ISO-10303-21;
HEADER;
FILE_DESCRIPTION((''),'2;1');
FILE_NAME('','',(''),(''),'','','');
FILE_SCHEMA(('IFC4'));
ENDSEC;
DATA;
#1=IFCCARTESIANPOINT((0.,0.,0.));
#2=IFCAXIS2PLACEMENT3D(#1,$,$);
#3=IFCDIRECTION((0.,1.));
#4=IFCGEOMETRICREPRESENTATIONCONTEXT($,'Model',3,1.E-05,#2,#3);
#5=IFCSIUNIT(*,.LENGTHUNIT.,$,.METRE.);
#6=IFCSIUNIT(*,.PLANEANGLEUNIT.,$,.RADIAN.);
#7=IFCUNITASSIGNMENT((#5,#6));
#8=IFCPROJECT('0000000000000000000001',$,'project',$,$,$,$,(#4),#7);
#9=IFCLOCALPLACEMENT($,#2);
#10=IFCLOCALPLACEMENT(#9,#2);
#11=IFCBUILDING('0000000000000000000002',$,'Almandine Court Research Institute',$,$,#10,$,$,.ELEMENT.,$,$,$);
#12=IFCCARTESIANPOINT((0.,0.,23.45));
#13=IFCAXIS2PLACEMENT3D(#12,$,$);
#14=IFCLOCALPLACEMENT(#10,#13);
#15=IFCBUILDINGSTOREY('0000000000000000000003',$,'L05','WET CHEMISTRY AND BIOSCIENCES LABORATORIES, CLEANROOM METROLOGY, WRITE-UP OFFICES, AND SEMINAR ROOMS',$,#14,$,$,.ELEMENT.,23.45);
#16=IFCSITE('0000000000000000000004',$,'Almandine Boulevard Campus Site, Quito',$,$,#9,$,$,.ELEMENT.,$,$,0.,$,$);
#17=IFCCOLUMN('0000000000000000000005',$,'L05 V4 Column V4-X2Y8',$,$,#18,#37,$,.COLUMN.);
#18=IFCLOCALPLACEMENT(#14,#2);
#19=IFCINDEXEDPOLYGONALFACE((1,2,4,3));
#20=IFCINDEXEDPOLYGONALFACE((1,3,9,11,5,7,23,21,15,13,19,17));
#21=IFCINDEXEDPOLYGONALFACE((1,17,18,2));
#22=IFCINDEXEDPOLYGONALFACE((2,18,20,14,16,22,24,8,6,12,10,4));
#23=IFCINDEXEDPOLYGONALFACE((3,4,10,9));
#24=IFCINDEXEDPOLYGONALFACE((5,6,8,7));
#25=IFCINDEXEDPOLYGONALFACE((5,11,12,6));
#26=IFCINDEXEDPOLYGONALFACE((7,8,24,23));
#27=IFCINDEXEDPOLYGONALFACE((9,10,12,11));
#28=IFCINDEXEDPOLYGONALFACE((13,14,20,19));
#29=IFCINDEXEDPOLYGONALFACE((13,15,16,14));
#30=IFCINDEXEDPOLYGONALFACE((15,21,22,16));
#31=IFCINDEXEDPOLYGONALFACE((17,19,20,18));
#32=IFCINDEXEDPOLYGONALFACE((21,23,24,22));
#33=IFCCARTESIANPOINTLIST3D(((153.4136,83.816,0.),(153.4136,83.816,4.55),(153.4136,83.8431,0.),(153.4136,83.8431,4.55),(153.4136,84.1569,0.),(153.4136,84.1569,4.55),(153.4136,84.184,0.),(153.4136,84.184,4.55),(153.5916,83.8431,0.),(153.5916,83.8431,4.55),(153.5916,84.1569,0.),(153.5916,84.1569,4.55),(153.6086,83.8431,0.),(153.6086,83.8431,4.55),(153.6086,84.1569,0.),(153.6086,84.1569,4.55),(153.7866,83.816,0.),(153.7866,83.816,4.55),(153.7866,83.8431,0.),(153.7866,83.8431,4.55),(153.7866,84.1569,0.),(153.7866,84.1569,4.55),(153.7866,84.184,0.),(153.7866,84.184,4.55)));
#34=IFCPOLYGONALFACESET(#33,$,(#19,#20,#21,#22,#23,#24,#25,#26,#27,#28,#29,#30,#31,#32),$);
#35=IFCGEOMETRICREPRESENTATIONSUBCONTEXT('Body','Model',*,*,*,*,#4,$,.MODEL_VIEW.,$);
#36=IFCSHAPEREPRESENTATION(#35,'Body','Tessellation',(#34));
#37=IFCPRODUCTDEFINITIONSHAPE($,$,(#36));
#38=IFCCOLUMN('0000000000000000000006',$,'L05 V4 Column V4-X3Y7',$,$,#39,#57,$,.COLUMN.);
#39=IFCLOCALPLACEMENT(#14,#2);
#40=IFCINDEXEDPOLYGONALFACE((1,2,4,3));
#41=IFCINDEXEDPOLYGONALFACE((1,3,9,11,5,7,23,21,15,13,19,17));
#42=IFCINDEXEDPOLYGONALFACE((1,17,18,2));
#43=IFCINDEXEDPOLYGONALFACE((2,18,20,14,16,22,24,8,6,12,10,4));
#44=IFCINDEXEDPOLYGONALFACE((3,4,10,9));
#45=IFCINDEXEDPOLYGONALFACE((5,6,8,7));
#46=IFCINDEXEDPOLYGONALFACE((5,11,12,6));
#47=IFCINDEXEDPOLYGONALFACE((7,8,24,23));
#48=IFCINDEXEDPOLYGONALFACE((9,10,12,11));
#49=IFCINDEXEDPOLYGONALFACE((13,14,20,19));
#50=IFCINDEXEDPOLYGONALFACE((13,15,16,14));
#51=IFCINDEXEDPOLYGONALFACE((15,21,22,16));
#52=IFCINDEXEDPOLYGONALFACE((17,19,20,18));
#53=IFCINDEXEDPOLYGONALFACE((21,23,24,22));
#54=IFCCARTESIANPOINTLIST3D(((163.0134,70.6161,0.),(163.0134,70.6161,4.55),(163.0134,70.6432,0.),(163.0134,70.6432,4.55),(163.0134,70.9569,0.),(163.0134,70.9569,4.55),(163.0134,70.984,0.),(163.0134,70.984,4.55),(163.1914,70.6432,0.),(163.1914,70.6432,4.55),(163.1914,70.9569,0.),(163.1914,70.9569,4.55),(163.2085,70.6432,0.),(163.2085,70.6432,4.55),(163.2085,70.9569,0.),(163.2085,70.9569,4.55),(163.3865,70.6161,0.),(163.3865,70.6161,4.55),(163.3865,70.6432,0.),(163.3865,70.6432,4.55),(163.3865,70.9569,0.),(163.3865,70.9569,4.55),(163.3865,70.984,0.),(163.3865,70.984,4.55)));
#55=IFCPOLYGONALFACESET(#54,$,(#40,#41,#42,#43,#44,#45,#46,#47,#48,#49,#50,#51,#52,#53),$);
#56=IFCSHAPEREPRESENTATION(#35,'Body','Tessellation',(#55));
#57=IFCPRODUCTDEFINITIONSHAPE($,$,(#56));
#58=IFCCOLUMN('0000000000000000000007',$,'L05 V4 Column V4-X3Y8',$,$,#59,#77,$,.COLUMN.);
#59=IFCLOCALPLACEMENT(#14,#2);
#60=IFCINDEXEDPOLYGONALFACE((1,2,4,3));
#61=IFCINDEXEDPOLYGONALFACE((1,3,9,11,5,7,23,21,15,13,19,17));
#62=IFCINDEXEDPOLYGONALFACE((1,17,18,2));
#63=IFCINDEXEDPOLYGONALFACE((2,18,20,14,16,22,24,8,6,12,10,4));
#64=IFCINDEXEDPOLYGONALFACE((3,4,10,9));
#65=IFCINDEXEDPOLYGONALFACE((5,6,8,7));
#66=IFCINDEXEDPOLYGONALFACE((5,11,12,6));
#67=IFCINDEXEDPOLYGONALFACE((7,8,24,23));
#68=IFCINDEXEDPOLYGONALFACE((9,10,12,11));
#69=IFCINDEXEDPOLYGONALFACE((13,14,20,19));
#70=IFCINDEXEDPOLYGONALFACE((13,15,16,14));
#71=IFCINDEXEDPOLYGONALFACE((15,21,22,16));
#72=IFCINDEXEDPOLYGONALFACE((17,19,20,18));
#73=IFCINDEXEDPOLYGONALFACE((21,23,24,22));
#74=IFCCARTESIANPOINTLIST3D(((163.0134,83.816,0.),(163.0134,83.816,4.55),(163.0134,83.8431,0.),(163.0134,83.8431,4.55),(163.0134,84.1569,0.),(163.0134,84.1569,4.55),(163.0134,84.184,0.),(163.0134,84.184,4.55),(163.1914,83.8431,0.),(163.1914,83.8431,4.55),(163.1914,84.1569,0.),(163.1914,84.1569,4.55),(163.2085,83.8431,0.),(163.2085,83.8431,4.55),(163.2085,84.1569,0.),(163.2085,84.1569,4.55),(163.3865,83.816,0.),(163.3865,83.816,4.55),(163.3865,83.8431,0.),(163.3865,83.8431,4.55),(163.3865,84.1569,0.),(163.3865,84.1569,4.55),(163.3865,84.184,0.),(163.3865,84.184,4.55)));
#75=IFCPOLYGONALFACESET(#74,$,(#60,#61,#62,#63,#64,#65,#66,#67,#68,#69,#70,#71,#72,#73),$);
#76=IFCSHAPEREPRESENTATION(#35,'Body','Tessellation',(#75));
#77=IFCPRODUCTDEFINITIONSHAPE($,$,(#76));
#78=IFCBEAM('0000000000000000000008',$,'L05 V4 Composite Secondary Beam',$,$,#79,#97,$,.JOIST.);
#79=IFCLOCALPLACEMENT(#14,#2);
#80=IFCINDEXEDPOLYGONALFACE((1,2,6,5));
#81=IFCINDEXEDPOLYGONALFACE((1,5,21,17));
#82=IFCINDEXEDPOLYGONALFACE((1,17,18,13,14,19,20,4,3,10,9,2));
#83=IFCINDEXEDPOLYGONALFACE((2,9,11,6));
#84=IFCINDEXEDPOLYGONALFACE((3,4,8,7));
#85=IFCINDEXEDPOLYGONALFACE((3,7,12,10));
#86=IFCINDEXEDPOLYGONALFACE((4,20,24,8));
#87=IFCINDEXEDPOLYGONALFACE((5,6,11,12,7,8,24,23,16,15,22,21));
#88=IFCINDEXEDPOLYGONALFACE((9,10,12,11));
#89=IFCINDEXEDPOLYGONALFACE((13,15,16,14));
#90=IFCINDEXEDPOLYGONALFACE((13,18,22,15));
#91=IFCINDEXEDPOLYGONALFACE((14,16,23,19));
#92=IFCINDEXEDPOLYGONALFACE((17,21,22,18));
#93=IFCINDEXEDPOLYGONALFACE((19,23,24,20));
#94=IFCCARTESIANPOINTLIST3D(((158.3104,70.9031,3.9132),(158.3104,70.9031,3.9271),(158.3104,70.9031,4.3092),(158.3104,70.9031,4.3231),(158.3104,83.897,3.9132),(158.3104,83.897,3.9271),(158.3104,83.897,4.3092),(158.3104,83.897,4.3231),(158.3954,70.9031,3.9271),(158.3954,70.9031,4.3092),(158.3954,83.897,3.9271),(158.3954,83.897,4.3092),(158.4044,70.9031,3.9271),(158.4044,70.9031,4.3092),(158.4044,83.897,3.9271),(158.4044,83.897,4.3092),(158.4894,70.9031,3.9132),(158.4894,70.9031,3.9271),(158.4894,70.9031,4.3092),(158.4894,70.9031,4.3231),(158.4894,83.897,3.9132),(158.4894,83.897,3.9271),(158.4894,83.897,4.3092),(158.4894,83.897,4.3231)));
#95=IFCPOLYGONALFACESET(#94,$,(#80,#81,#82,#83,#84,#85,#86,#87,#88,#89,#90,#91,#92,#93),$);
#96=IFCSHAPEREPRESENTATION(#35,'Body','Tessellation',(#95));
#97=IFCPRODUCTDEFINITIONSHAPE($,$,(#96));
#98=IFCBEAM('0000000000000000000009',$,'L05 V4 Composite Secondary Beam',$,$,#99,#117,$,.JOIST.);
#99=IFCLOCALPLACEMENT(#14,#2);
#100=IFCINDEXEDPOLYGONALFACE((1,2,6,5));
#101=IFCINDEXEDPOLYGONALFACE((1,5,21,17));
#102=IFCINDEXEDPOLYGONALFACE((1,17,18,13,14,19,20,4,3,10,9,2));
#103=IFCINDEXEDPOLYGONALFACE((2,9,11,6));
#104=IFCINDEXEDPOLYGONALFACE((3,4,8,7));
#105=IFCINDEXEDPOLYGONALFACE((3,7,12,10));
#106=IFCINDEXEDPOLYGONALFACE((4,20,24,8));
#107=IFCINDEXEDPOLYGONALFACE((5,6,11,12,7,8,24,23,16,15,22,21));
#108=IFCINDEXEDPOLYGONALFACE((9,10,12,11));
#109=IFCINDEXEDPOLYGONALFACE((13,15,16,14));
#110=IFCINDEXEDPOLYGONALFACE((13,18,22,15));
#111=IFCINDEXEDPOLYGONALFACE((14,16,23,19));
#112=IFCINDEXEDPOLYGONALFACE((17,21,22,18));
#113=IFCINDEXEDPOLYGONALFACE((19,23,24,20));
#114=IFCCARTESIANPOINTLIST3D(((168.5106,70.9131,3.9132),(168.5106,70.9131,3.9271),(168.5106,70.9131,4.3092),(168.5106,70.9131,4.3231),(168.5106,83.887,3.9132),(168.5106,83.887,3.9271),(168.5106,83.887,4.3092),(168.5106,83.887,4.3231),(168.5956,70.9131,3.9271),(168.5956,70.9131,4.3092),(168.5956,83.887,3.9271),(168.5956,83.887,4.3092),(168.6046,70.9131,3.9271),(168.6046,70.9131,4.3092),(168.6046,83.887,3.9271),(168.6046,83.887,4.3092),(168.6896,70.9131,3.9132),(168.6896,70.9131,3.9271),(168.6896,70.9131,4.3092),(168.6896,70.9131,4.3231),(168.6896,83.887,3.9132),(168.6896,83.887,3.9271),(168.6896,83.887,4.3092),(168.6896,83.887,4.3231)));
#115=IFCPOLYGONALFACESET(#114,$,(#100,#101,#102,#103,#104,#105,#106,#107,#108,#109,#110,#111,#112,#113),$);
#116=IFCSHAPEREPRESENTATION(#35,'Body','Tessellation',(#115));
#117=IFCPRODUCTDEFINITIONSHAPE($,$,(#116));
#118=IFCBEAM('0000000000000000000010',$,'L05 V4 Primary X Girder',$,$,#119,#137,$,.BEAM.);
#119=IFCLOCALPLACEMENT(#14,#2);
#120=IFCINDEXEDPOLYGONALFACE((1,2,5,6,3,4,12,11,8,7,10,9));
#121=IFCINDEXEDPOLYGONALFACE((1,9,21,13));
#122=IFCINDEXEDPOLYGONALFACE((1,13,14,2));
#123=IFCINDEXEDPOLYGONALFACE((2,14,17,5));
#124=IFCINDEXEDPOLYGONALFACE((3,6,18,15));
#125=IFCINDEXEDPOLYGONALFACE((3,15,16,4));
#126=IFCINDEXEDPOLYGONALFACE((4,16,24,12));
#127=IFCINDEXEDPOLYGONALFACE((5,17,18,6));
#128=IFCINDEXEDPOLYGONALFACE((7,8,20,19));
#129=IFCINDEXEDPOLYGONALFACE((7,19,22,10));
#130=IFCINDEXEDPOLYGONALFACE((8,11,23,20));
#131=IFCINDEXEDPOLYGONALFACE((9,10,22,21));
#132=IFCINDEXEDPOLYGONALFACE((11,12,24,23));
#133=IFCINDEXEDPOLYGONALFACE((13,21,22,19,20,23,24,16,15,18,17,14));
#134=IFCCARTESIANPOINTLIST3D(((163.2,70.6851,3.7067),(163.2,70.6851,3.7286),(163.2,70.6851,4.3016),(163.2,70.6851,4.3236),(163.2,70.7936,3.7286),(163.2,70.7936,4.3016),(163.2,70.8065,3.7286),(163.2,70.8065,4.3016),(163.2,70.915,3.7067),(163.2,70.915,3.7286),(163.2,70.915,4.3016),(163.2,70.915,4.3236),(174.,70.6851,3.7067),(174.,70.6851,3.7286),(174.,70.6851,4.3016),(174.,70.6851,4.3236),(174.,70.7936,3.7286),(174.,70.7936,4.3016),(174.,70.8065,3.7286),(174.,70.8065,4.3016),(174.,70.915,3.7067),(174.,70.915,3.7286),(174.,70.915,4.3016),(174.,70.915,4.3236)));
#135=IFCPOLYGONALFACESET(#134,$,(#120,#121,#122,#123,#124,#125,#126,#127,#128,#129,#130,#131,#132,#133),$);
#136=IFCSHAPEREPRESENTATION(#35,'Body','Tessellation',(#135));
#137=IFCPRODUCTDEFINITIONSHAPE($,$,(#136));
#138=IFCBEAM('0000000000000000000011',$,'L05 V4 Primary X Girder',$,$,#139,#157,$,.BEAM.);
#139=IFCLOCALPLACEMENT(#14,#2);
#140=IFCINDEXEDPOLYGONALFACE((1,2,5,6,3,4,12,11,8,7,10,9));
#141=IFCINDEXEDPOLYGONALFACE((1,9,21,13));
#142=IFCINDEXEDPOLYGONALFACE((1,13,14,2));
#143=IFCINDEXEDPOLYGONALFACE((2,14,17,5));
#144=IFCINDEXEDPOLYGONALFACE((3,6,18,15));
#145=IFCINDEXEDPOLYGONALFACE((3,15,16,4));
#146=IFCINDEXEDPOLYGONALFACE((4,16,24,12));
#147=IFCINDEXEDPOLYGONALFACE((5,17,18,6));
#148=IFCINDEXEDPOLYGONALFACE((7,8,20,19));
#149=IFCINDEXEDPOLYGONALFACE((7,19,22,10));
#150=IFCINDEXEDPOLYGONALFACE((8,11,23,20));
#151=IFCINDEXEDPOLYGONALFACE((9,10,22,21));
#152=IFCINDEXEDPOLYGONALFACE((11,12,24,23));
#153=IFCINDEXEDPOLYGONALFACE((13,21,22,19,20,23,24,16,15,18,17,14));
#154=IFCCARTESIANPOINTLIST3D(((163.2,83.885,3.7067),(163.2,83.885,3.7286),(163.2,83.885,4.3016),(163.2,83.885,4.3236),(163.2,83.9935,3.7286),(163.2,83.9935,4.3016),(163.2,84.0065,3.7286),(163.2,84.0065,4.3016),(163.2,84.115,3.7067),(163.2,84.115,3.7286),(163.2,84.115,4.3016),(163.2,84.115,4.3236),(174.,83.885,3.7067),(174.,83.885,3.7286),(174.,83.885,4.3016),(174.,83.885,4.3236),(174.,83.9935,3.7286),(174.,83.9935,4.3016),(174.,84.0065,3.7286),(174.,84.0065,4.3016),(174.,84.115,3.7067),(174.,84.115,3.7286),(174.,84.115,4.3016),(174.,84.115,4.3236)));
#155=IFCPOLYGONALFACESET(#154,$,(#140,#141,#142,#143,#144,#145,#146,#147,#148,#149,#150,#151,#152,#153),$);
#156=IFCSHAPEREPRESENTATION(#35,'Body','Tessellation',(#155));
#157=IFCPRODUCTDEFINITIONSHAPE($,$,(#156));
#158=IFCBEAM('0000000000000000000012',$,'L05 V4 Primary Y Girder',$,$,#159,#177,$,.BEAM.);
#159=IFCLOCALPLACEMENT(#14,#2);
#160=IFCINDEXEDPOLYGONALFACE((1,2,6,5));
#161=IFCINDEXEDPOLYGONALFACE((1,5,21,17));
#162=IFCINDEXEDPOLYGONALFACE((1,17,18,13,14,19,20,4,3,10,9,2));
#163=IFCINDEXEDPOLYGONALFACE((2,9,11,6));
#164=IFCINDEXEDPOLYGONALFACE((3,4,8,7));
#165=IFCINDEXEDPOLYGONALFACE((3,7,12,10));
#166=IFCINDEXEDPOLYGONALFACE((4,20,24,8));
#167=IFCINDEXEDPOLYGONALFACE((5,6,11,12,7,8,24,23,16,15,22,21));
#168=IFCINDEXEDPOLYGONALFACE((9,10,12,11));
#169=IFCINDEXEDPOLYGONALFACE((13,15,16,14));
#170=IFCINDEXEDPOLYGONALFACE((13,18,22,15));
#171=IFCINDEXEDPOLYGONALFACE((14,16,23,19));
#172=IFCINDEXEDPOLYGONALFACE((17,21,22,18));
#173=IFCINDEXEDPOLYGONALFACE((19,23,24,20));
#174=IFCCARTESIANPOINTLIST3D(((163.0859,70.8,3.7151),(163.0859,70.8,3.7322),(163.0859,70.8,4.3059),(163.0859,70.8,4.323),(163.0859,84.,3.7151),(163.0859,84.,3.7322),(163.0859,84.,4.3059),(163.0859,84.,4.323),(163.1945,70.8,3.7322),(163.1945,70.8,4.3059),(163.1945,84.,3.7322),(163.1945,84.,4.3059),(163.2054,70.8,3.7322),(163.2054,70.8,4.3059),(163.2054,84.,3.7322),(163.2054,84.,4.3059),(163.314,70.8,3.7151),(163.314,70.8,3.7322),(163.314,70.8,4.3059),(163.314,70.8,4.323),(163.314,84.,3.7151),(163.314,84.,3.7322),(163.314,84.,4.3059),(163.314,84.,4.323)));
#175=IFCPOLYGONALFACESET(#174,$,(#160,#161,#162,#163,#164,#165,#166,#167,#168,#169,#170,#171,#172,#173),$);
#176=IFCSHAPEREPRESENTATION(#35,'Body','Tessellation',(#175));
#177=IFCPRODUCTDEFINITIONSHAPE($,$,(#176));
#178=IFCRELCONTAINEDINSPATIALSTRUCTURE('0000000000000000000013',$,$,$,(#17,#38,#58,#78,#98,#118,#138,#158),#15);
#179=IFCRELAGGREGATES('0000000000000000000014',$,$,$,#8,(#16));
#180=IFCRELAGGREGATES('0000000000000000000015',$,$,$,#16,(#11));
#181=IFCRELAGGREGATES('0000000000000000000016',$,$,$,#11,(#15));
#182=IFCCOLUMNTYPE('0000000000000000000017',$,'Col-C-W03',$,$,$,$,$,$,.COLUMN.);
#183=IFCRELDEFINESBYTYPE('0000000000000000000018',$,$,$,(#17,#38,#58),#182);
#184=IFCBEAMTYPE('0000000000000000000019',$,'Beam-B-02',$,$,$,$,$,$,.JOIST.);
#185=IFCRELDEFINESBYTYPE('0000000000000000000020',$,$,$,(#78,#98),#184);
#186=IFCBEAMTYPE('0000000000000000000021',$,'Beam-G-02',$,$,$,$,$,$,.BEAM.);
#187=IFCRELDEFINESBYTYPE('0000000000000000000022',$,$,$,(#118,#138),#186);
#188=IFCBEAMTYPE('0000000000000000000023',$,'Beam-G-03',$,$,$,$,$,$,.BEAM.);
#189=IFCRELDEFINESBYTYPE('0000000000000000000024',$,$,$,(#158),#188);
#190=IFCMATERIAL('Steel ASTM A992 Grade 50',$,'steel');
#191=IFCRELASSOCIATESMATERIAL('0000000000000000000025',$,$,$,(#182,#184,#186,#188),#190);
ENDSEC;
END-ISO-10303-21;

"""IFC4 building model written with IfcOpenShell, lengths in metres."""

from ifc_helpers import new_model, si_unit, direction, frame, origin, origin_2d, place, context, subcontext, project, spatial, i_section, extrude, material, material_profile, profile_set, type_object, element, save


model = new_model("IFC4")

# Units and contexts
model_context = context("Model", 3, precision=1e-05, world=origin(), true_north=direction((0.0, 1.0)))
body_context = subcontext(model_context, "Body", "Model", "MODEL_VIEW")
ifc_project = project(units=[si_unit("LENGTHUNIT", "METRE"), si_unit("PLANEANGLEUNIT", "RADIAN")], contexts=[model_context])

# Site, building, storey
site_placement = place(None, origin())
site = spatial("IfcSite", under=ifc_project, at=site_placement, Name="Almandine Boulevard Campus Site, Quito", CompositionType="ELEMENT", RefElevation=0.0)
building_placement = place(site_placement, origin())
building = spatial("IfcBuilding", under=site, at=building_placement, Name="Almandine Court Research Institute", CompositionType="ELEMENT")
storey_placement = place(building_placement, frame((0.0, 0.0, 23.45)))
storey = spatial("IfcBuildingStorey", under=building, at=storey_placement, Name="L05", Description="WET CHEMISTRY AND BIOSCIENCES LABORATORIES, CLEANROOM METROLOGY, WRITE-UP OFFICES, AND SEMINAR ROOMS", CompositionType="ELEMENT", Elevation=23.45)

# Columns
ifc_material_1 = material(Name="Steel ASTM A992 Grade 50", Category="steel")
ifc_material_profile_1 = material_profile(ifc_material_1, i_section(OverallWidth=0.373, OverallDepth=0.3679, WebThickness=0.0171, FlangeThickness=0.0271, at=origin_2d()), Name="W360x179")
ifc_profile_set_1 = profile_set([ifc_material_profile_1], Name="Steel ASTM A992 Grade 50")
column_type = type_object("IfcColumnType", Name="Col-C-W03", PredefinedType="COLUMN", material=ifc_profile_set_1)
for number, where, z_axis, x_axis, name in (
    (1, (153.6001, 84.0, 0.0), (0.0, 0.0, 1.0), (1.0, 0.0, 0.0), "L05 V4 Column V4-X2Y8"),
    (2, (163.2, 70.8, 0.0), (0.0, 0.0, 1.0), (1.0, 0.0, 0.0), "L05 V4 Column V4-X3Y7"),
    (3, (163.2, 84.0, 0.0), (0.0, 0.0, 1.0), (1.0, 0.0, 0.0), "L05 V4 Column V4-X3Y8"),
):
    element("IfcColumn", number, at=place(storey_placement, frame(where, z_axis=z_axis, x_axis=x_axis)), inside=storey, type_object=column_type, Name=name, PredefinedType="COLUMN", context=body_context, shape_type="SweptSolid", body=[
        extrude(i_section(OverallWidth=0.373, OverallDepth=0.3679, WebThickness=0.0171, FlangeThickness=0.0271, at=origin_2d()), origin(), (0.0, 0.0, 1.0), 4.55),
    ])

# Beams
ifc_material_profile_2 = material_profile(ifc_material_1, i_section(OverallWidth=0.179, OverallDepth=0.4099, WebThickness=0.009, FlangeThickness=0.0139, at=origin_2d()), Name="W410x67")
ifc_profile_set_2 = profile_set([ifc_material_profile_2], Name="Steel ASTM A992 Grade 50")
beam_type_1 = type_object("IfcBeamType", Name="Beam-B-02", PredefinedType="JOIST", material=ifc_profile_set_2)
beam_1_placement = place(storey_placement, frame((158.3999, 70.9031, 4.1182), z_axis=(0.0, 1.0, 0.0), x_axis=(-1.0, 0.0, 0.0)))
element("IfcBeam", 4, at=beam_1_placement, inside=storey, type_object=beam_type_1, Name="L05 V4 Composite Secondary Beam", PredefinedType="JOIST", context=body_context, shape_type="SweptSolid", body=[
    extrude(i_section(OverallWidth=0.179, OverallDepth=0.4099, WebThickness=0.009, FlangeThickness=0.0139, at=origin_2d()), origin(), (0.0, 0.0, 1.0), 12.9939),
])
beam_2_placement = place(storey_placement, frame((168.6001, 70.9131, 4.1182), z_axis=(0.0, 1.0, 0.0), x_axis=(-1.0, 0.0, 0.0)))
element("IfcBeam", 5, at=beam_2_placement, inside=storey, type_object=beam_type_1, Name="L05 V4 Composite Secondary Beam", PredefinedType="JOIST", context=body_context, shape_type="SweptSolid", body=[
    extrude(i_section(OverallWidth=0.179, OverallDepth=0.4099, WebThickness=0.009, FlangeThickness=0.0139, at=origin_2d()), origin(), (0.0, 0.0, 1.0), 12.9739),
])
ifc_material_profile_3 = material_profile(ifc_material_1, i_section(OverallWidth=0.23, OverallDepth=0.6169, WebThickness=0.0129, FlangeThickness=0.022, at=origin_2d()), Name="W610x140")
ifc_profile_set_3 = profile_set([ifc_material_profile_3], Name="Steel ASTM A992 Grade 50")
beam_type_2 = type_object("IfcBeamType", Name="Beam-G-02", PredefinedType="BEAM", material=ifc_profile_set_3)
for number, where, z_axis, x_axis, name in (
    (6, (163.2, 70.8, 4.0151), (1.0, 0.0, 0.0), (0.0, 1.0, 0.0), "L05 V4 Primary X Girder"),
    (7, (163.2, 84.0, 4.0151), (1.0, 0.0, 0.0), (0.0, 1.0, 0.0), "L05 V4 Primary X Girder"),
):
    element("IfcBeam", number, at=place(storey_placement, frame(where, z_axis=z_axis, x_axis=x_axis)), inside=storey, type_object=beam_type_2, Name=name, PredefinedType="BEAM", context=body_context, shape_type="SweptSolid", body=[
        extrude(i_section(OverallWidth=0.23, OverallDepth=0.6169, WebThickness=0.0129, FlangeThickness=0.022, at=origin_2d()), origin(), (0.0, 0.0, 1.0), 10.8),
    ])
ifc_material_profile_4 = material_profile(ifc_material_1, i_section(OverallWidth=0.228, OverallDepth=0.6079, WebThickness=0.011, FlangeThickness=0.0171, at=origin_2d()), Name="W610x113")
ifc_profile_set_4 = profile_set([ifc_material_profile_4], Name="Steel ASTM A992 Grade 50")
beam_type_3 = type_object("IfcBeamType", Name="Beam-G-03", PredefinedType="BEAM", material=ifc_profile_set_4)
beam_3_placement = place(storey_placement, frame((163.2, 70.8, 4.019), z_axis=(0.0, 1.0, 0.0), x_axis=(-1.0, 0.0, 0.0)))
element("IfcBeam", 8, at=beam_3_placement, inside=storey, type_object=beam_type_3, Name="L05 V4 Primary Y Girder", PredefinedType="BEAM", context=body_context, shape_type="SweptSolid", body=[
    extrude(i_section(OverallWidth=0.228, OverallDepth=0.6079, WebThickness=0.011, FlangeThickness=0.0171, at=origin_2d()), origin(), (0.0, 0.0, 1.0), 13.2),
])

save(model, "model.ifc")
